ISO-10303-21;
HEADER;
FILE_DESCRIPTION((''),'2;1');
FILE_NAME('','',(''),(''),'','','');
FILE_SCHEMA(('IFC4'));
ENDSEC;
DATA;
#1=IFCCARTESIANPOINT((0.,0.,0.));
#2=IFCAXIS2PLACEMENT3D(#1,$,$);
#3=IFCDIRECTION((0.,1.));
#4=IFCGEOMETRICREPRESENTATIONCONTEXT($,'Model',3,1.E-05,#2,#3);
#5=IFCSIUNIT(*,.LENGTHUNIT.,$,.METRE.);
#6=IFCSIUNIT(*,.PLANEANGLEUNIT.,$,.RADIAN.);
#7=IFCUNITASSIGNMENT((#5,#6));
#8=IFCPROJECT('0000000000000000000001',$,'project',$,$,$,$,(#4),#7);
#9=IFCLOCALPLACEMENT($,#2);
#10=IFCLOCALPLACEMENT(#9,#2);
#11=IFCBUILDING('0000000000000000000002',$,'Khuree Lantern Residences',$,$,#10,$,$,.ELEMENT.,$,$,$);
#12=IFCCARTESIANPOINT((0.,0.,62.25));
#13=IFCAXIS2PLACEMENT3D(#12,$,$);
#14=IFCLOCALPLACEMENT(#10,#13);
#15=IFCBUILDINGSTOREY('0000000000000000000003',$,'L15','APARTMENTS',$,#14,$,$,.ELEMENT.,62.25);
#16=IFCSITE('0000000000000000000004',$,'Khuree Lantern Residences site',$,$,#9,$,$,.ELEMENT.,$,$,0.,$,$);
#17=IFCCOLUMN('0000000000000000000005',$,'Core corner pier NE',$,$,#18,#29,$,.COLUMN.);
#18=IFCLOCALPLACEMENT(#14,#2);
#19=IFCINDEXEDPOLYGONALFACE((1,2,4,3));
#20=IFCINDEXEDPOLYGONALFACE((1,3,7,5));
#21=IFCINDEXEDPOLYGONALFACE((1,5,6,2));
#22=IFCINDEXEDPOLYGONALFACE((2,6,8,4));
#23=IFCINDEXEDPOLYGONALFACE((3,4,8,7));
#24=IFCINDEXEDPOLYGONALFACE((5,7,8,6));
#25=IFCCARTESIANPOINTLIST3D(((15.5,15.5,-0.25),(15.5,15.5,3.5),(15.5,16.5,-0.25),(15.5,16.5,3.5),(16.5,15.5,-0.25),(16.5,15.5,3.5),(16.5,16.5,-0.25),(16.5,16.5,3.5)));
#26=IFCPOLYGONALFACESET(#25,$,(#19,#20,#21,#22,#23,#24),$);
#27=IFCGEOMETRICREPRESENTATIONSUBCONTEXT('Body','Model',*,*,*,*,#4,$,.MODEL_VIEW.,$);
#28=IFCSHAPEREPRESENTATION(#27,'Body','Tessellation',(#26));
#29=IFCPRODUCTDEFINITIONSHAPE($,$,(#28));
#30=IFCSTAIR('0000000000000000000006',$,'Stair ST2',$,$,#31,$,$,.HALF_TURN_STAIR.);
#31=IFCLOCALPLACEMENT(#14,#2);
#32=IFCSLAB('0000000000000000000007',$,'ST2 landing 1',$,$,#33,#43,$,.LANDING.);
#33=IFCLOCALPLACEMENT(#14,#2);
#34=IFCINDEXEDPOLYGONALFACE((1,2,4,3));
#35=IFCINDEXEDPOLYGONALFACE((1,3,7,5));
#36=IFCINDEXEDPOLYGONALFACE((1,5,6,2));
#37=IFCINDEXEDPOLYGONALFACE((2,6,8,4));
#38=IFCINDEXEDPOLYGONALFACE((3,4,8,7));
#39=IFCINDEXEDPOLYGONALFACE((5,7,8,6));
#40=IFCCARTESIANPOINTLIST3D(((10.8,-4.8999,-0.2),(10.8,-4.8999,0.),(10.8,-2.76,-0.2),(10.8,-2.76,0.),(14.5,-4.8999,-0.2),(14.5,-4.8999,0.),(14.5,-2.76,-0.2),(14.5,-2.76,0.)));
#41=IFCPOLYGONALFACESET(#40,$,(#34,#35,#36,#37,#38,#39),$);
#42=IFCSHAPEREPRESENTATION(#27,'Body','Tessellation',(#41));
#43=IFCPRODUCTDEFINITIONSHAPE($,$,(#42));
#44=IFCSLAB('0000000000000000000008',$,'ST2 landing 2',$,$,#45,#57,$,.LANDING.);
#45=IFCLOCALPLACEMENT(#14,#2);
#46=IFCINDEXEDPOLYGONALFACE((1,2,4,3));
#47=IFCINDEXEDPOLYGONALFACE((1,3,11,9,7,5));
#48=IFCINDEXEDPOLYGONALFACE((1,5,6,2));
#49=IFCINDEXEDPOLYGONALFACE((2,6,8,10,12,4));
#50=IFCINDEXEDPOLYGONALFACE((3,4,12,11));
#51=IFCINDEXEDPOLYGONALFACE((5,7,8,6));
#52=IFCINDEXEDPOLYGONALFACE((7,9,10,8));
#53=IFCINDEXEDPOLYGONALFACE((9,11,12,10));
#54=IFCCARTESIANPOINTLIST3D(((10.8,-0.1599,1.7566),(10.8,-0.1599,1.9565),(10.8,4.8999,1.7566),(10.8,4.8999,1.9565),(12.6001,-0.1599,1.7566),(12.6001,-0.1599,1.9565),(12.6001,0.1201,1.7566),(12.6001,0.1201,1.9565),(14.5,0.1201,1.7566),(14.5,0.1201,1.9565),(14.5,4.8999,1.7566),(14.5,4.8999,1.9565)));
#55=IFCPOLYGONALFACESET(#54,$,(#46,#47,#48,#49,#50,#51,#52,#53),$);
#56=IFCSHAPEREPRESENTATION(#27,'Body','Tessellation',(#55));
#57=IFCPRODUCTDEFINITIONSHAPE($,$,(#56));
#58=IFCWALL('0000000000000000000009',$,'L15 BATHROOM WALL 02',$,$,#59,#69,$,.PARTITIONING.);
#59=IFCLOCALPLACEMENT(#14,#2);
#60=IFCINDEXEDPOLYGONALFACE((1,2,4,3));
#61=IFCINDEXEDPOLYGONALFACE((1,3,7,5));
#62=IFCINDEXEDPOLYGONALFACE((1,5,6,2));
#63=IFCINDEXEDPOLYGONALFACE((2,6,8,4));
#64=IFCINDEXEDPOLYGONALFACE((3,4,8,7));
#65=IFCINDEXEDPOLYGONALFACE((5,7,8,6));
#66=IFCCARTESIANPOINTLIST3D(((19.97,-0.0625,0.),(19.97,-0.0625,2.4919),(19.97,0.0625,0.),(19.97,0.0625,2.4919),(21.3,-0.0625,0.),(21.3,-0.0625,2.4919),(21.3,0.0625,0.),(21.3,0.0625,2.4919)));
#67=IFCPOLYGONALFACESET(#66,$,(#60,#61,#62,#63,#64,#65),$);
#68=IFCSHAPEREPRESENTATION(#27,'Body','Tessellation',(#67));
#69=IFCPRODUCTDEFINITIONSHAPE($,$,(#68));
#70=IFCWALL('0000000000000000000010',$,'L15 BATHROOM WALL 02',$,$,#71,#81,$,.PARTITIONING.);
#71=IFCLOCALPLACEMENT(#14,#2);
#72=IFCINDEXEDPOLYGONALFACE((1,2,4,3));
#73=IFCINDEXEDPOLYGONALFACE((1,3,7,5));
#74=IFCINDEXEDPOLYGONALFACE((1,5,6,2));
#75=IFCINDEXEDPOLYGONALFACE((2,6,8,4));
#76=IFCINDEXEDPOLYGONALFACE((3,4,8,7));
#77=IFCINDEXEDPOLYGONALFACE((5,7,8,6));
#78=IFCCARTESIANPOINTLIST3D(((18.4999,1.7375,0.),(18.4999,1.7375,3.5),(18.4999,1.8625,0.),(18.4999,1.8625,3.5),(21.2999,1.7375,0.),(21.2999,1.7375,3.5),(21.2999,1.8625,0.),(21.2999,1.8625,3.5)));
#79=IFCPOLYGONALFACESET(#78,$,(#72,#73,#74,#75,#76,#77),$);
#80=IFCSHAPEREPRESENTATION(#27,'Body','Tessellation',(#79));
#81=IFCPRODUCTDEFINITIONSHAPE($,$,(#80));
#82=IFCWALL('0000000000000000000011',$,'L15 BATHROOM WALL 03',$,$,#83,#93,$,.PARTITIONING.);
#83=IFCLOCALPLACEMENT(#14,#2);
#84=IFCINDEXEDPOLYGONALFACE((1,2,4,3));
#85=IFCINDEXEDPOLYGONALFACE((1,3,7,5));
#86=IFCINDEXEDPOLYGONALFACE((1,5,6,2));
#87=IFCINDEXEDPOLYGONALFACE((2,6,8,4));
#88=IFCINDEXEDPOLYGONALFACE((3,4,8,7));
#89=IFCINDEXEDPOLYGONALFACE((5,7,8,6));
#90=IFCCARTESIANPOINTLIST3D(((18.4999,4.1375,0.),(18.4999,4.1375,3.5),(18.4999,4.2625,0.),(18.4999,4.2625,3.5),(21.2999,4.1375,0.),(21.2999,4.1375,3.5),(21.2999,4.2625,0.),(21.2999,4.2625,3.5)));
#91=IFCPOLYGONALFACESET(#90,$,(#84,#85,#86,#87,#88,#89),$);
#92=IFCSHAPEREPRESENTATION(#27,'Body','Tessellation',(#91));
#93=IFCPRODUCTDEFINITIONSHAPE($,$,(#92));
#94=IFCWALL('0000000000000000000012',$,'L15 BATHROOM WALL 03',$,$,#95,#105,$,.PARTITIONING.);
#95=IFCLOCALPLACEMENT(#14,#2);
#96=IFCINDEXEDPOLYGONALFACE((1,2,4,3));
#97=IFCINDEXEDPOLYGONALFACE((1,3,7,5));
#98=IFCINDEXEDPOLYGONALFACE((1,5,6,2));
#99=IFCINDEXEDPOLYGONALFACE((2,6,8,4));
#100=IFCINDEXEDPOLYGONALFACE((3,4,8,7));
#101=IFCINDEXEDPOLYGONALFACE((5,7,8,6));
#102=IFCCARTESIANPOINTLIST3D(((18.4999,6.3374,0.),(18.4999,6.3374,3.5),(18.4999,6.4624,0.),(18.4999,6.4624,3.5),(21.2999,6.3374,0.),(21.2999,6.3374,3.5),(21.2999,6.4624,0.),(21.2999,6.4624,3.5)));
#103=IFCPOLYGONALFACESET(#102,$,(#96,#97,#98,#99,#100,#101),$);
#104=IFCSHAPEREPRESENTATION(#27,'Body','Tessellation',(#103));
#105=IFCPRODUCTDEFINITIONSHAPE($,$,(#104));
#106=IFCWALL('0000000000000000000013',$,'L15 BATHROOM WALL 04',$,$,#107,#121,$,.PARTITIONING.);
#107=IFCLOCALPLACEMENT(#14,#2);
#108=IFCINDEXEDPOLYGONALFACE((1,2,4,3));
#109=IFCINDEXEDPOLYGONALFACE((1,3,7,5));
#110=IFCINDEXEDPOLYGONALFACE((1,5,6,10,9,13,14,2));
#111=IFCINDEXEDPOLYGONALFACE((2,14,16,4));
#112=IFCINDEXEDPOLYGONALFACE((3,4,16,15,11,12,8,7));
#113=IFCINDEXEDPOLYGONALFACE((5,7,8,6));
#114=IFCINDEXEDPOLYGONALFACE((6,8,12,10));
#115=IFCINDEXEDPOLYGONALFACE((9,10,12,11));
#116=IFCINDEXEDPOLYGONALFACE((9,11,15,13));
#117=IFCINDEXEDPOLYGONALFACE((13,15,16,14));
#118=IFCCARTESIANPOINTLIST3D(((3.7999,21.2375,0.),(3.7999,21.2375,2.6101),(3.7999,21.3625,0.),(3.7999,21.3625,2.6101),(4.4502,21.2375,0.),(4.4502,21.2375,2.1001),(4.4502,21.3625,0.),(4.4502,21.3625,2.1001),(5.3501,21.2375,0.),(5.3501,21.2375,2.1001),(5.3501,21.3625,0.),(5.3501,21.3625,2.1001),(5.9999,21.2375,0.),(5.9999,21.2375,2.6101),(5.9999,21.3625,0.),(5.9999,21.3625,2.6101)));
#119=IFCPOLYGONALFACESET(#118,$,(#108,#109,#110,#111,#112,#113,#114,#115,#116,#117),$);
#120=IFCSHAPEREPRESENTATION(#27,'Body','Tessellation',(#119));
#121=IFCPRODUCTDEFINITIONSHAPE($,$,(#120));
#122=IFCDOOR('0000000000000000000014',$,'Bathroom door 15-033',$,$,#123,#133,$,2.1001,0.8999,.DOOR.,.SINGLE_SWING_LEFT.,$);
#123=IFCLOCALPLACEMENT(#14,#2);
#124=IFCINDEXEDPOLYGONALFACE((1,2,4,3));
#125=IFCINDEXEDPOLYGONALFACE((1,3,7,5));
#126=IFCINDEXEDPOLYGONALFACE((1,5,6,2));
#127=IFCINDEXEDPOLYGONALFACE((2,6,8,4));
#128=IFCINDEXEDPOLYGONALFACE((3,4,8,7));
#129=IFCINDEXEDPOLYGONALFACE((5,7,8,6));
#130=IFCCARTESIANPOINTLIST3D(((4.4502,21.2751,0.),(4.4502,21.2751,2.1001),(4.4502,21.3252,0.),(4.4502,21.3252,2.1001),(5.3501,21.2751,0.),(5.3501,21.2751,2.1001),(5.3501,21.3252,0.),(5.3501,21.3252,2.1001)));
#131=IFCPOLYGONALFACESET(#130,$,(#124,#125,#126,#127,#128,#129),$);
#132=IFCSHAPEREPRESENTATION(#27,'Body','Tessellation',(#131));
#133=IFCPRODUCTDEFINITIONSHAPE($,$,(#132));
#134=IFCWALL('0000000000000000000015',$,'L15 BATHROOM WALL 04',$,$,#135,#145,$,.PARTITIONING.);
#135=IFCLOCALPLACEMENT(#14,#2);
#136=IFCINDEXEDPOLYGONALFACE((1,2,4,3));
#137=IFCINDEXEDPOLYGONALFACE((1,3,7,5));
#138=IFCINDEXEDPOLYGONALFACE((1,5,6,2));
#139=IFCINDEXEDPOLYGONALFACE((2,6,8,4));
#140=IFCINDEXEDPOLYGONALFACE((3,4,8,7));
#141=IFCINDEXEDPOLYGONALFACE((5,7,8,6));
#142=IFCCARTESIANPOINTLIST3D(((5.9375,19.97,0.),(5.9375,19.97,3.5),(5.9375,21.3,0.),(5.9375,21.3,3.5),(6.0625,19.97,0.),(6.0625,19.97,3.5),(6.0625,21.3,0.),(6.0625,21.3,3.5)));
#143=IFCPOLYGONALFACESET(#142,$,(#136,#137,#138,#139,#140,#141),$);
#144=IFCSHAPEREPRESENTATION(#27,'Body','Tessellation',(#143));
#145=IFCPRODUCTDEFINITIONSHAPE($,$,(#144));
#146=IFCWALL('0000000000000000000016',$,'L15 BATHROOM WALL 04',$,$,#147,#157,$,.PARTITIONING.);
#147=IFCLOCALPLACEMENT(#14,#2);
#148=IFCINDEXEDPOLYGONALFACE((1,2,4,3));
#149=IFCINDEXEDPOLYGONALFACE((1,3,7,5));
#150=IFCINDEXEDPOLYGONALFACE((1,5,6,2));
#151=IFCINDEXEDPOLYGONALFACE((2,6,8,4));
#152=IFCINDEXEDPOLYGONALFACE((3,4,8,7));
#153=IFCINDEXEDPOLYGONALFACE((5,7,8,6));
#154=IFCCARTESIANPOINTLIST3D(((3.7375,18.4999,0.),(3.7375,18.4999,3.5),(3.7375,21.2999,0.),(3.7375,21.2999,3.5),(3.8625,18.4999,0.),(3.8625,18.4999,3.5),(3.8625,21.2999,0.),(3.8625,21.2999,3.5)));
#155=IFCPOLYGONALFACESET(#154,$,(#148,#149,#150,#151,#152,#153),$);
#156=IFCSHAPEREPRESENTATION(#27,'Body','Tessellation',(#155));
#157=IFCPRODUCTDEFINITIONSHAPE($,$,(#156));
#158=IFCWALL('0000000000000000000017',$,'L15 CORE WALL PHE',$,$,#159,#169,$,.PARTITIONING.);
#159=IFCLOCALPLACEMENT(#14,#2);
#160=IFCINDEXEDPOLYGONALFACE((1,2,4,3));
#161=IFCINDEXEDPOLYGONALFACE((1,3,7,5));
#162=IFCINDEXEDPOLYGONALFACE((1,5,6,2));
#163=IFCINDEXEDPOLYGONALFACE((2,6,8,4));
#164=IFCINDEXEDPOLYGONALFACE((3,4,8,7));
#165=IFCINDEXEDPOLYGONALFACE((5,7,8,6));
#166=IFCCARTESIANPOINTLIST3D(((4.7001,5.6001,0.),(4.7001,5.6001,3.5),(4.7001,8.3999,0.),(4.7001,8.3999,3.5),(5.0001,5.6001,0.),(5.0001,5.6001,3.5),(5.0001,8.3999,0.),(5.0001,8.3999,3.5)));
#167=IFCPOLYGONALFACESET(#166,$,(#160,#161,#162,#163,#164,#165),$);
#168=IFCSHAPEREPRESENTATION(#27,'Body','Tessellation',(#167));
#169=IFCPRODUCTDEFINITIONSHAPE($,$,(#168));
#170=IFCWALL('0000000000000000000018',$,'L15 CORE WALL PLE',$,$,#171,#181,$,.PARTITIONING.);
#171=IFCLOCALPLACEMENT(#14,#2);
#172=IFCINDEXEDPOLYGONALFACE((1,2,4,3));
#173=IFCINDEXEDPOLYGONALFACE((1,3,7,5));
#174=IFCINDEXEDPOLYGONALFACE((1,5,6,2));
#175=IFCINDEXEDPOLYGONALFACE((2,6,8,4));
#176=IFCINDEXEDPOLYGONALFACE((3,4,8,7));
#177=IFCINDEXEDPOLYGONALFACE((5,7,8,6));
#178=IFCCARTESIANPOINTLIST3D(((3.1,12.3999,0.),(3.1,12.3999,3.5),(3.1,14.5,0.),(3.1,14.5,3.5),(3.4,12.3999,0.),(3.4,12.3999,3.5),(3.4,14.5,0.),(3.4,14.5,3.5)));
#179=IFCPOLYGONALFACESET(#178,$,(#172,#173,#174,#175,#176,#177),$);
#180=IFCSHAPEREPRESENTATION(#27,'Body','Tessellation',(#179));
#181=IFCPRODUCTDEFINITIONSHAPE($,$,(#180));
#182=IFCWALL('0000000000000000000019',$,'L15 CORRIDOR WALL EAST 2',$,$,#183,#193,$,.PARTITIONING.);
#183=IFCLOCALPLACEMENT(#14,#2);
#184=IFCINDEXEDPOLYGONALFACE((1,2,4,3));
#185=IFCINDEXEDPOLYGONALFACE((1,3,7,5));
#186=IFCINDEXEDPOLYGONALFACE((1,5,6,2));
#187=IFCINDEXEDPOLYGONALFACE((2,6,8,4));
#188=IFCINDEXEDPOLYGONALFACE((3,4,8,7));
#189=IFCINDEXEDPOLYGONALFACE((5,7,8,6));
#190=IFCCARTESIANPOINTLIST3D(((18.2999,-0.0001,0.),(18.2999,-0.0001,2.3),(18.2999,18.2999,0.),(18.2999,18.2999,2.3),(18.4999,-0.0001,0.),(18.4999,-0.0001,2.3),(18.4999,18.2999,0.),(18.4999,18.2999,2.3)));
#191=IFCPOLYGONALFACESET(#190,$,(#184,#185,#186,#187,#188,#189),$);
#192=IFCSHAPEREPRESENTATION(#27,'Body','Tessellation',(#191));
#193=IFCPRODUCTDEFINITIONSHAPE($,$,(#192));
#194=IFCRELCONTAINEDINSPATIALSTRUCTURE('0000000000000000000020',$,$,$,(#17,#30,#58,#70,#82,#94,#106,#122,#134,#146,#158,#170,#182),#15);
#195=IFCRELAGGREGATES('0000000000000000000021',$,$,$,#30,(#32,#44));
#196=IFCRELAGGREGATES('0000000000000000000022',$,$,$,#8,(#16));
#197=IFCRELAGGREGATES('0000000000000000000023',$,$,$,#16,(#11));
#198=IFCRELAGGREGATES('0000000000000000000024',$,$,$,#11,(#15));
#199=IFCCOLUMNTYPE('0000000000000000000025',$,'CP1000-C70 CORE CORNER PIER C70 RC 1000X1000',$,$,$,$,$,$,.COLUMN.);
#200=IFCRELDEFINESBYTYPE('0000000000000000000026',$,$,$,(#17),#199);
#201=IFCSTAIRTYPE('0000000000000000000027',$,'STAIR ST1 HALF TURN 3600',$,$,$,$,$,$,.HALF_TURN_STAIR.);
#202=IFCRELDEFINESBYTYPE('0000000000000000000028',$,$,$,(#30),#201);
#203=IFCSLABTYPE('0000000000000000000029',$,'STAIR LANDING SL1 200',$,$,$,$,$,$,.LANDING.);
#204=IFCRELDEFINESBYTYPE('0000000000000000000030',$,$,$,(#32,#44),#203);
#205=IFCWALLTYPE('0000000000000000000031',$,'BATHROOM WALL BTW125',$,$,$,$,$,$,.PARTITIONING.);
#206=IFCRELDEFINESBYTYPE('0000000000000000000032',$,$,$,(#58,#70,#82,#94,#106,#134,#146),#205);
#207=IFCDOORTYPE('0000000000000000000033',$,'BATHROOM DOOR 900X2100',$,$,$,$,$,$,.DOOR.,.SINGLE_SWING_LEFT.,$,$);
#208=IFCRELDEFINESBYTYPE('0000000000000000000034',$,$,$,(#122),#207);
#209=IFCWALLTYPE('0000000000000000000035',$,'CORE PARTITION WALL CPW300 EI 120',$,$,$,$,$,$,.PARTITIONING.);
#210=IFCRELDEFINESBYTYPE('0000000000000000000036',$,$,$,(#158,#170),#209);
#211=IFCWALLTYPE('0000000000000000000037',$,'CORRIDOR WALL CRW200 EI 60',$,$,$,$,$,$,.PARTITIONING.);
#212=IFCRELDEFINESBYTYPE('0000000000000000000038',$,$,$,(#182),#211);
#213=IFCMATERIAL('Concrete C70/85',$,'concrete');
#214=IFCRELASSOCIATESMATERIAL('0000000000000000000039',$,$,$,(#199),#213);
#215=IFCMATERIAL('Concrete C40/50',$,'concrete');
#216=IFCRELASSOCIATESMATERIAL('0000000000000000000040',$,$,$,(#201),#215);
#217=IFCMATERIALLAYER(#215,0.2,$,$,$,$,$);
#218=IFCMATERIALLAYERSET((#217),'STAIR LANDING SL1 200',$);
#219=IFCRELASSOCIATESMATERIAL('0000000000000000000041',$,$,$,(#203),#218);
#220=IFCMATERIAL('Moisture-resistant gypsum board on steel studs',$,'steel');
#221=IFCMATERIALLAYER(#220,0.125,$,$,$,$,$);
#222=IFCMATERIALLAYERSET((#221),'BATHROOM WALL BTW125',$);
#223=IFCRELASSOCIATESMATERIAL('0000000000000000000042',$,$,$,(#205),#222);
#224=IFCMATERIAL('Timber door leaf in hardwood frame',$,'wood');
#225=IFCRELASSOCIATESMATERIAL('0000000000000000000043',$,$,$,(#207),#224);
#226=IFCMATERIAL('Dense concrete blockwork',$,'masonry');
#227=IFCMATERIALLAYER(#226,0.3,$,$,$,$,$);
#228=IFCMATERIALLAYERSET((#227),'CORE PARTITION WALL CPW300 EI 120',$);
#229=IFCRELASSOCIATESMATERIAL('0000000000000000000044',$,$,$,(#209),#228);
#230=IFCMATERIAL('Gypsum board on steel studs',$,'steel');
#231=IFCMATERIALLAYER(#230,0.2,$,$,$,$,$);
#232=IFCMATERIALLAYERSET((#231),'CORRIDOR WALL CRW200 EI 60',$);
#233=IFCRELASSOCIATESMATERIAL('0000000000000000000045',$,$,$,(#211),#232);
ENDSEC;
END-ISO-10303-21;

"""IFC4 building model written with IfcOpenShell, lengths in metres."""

from ifc_helpers import new_model, si_unit, direction, frame, frame_2d, origin, origin_2d, place, context, subcontext, project, spatial, polyline, rectangle, outline, extrude, material, layer, layer_set, material_profile, profile_set, type_object, element, fill, aggregate, save


model = new_model("IFC4")

# Units and contexts
model_context = context("Model", 3, precision=1e-05, world=origin(), true_north=direction((0.0, 1.0)))
body_context = subcontext(model_context, "Body", "Model", "MODEL_VIEW")
ifc_project = project(units=[si_unit("LENGTHUNIT", "METRE"), si_unit("PLANEANGLEUNIT", "RADIAN")], contexts=[model_context])

# Site, building, storey
site_placement = place(None, origin())
site = spatial("IfcSite", under=ifc_project, at=site_placement, Name="Khuree Lantern Residences site", CompositionType="ELEMENT", RefElevation=0.0)
building_placement = place(site_placement, origin())
building = spatial("IfcBuilding", under=site, at=building_placement, Name="Khuree Lantern Residences", CompositionType="ELEMENT")
storey_placement = place(building_placement, frame((0.0, 0.0, 62.25)))
storey = spatial("IfcBuildingStorey", under=building, at=storey_placement, Name="L15", Description="APARTMENTS", CompositionType="ELEMENT", Elevation=62.25)

# Column
ifc_material_1 = material(Name="Concrete C70/85", Category="concrete")
ifc_material_profile = material_profile(ifc_material_1, rectangle(XDim=1.0, YDim=1.0, at=origin_2d()), Name="RC 1000X1000")
ifc_profile_set = profile_set([ifc_material_profile], Name="Concrete C70/85")
column_type = type_object("IfcColumnType", Name="CP1000-C70 CORE CORNER PIER C70 RC 1000X1000", PredefinedType="COLUMN", material=ifc_profile_set)
column_placement = place(storey_placement, frame((16.0, 16.0, -0.25), z_axis=(0.0, 0.0, 1.0), x_axis=(1.0, 0.0, 0.0)))
element("IfcColumn", 1, at=column_placement, inside=storey, type_object=column_type, Name="Core corner pier NE", PredefinedType="COLUMN", context=body_context, shape_type="SweptSolid", body=[
    extrude(rectangle(XDim=1.0, YDim=1.0, at=origin_2d()), origin(), (0.0, 0.0, 1.0), 3.75),
])

# Stair, slabs
ifc_material_2 = material(Name="Concrete C40/50", Category="concrete")
stair_type = type_object("IfcStairType", Name="STAIR ST1 HALF TURN 3600", PredefinedType="HALF_TURN_STAIR", material=ifc_material_2)
stair_placement = place(storey_placement, origin())
stair = element("IfcStair", 2, at=stair_placement, inside=storey, type_object=stair_type, Name="Stair ST2", PredefinedType="HALF_TURN_STAIR")
ifc_layer_1 = layer(ifc_material_2, 0.2)
ifc_layer_set_1 = layer_set([ifc_layer_1], Name="STAIR LANDING SL1 200")
slab_type = type_object("IfcSlabType", Name="STAIR LANDING SL1 200", PredefinedType="LANDING", material=ifc_layer_set_1)
slab_1_placement = place(storey_placement, frame((0.0, 0.0, -0.2)))
slab_1 = element("IfcSlab", 3, at=slab_1_placement, type_object=slab_type, Name="ST2 landing 1", PredefinedType="LANDING", context=body_context, shape_type="SweptSolid", body=[
    extrude(outline(polyline([(10.8, -4.8999), (14.5, -4.8999), (14.5, -2.76), (10.8, -2.76), (10.8, -4.8999)])), origin(), (0.0, 0.0, 1.0), 0.2),
])
slab_2_placement = place(storey_placement, frame((0.0, 0.0, 1.7566)))
slab_2 = element("IfcSlab", 4, at=slab_2_placement, type_object=slab_type, Name="ST2 landing 2", PredefinedType="LANDING", context=body_context, shape_type="SweptSolid", body=[
    extrude(outline(polyline([(14.5, 4.8999), (14.5, 0.1201), (12.6001, 0.1201), (12.6001, -0.1599), (10.8, -0.1599), (10.8, 4.8999), (14.5, 4.8999)])), origin(), (0.0, 0.0, 1.0), 0.2),
])
aggregate(stair, [slab_1, slab_2])

# Walls
ifc_material_3 = material(Name="Moisture-resistant gypsum board on steel studs", Category="steel")
ifc_layer_2 = layer(ifc_material_3, 0.125)
ifc_layer_set_2 = layer_set([ifc_layer_2], Name="BATHROOM WALL BTW125")
wall_type_1 = type_object("IfcWallType", Name="BATHROOM WALL BTW125", PredefinedType="PARTITIONING", material=ifc_layer_set_2)
wall_1_placement = place(storey_placement, frame((19.97, 0.0, 0.0), z_axis=(0.0, 0.0, 1.0), x_axis=(1.0, 0.0, 0.0)))
element("IfcWall", 5, at=wall_1_placement, inside=storey, type_object=wall_type_1, Name="L15 BATHROOM WALL 02", PredefinedType="PARTITIONING", context=body_context, shape_type="SweptSolid", body=[
    extrude(rectangle(XDim=1.3301, YDim=0.125, at=frame_2d((0.665, 0.0))), origin(), (0.0, 0.0, 1.0), 2.4919),
])
for number, where, z_axis, x_axis, name in (
    (6, (18.5, 1.8, 0.0), (0.0, 0.0, 1.0), (1.0, 0.0, 0.0), "L15 BATHROOM WALL 02"),
    (7, (18.5, 4.2, 0.0), (0.0, 0.0, 1.0), (1.0, 0.0, 0.0), "L15 BATHROOM WALL 03"),
    (8, (18.5, 6.3999, 0.0), (0.0, 0.0, 1.0), (1.0, 0.0, 0.0), "L15 BATHROOM WALL 03"),
):
    element("IfcWall", number, at=place(storey_placement, frame(where, z_axis=z_axis, x_axis=x_axis)), inside=storey, type_object=wall_type_1, Name=name, PredefinedType="PARTITIONING", context=body_context, shape_type="SweptSolid", body=[
        extrude(rectangle(XDim=2.8, YDim=0.125, at=frame_2d((1.3999, 0.0))), origin(), (0.0, 0.0, 1.0), 3.5),
    ])

# Wall, opening, door
wall_2_placement = place(storey_placement, frame((6.0, 21.3, 0.0), z_axis=(0.0, 0.0, 1.0), x_axis=(-1.0, 0.0, 0.0)))
wall_2 = element("IfcWall", 9, at=wall_2_placement, inside=storey, type_object=wall_type_1, Name="L15 BATHROOM WALL 04", PredefinedType="PARTITIONING", context=body_context, shape_type="SweptSolid", body=[
    extrude(rectangle(XDim=2.2, YDim=0.125, at=frame_2d((1.1001, 0.0))), origin(), (0.0, 0.0, 1.0), 2.6101),
])
opening_1_placement = place(wall_2_placement, frame((0.6499, 0.0, 0.0)))
opening_1 = element("IfcOpeningElement", 10, at=opening_1_placement, cuts=wall_2, PredefinedType="OPENING", context=body_context, shape_type="SweptSolid", body=[
    extrude(rectangle(XDim=0.8999, YDim=2.1001, at=frame_2d((0.45, 1.05))), frame((0.0, 0.0725, 0.0), z_axis=(0.0, -1.0, 0.0), x_axis=(1.0, 0.0, 0.0)), (0.0, 0.0, 1.0), 0.145),
])
ifc_material_4 = material(Name="Timber door leaf in hardwood frame", Category="wood")
door_type_1 = type_object("IfcDoorType", Name="BATHROOM DOOR 900X2100", OperationType="SINGLE_SWING_LEFT", PredefinedType="DOOR", material=ifc_material_4)
door_1_placement = place(opening_1_placement, origin())
door_1 = element("IfcDoor", 11, at=door_1_placement, inside=storey, type_object=door_type_1, Name="Bathroom door 15-033", OperationType="SINGLE_SWING_LEFT", OverallHeight=2.1001, OverallWidth=0.8999, PredefinedType="DOOR", context=body_context, shape_type="SweptSolid", body=[
    extrude(rectangle(XDim=0.8999, YDim=2.1001, at=frame_2d((0.45, 1.05))), frame((0.0, 0.0249, 0.0), z_axis=(0.0, -1.0, 0.0), x_axis=(1.0, 0.0, 0.0)), (0.0, 0.0, 1.0), 0.05),
])
fill(opening_1, door_1)

# Walls
wall_3_placement = place(storey_placement, frame((6.0, 19.97, 0.0), z_axis=(0.0, 0.0, 1.0), x_axis=(0.0, 1.0, 0.0)))
element("IfcWall", 12, at=wall_3_placement, inside=storey, type_object=wall_type_1, Name="L15 BATHROOM WALL 04", PredefinedType="PARTITIONING", context=body_context, shape_type="SweptSolid", body=[
    extrude(rectangle(XDim=1.3301, YDim=0.125, at=frame_2d((0.665, 0.0))), origin(), (0.0, 0.0, 1.0), 3.5),
])
wall_4_placement = place(storey_placement, frame((3.8, 18.5, 0.0), z_axis=(0.0, 0.0, 1.0), x_axis=(0.0, 1.0, 0.0)))
element("IfcWall", 13, at=wall_4_placement, inside=storey, type_object=wall_type_1, Name="L15 BATHROOM WALL 04", PredefinedType="PARTITIONING", context=body_context, shape_type="SweptSolid", body=[
    extrude(rectangle(XDim=2.8, YDim=0.125, at=frame_2d((1.3999, 0.0))), origin(), (0.0, 0.0, 1.0), 3.5),
])
ifc_material_5 = material(Name="Dense concrete blockwork", Category="masonry")
ifc_layer_3 = layer(ifc_material_5, 0.3)
ifc_layer_set_3 = layer_set([ifc_layer_3], Name="CORE PARTITION WALL CPW300 EI 120")
wall_type_2 = type_object("IfcWallType", Name="CORE PARTITION WALL CPW300 EI 120", PredefinedType="PARTITIONING", material=ifc_layer_set_3)
wall_5_placement = place(storey_placement, frame((4.8501, 5.6001, 0.0), z_axis=(0.0, 0.0, 1.0), x_axis=(0.0, 1.0, 0.0)))
element("IfcWall", 14, at=wall_5_placement, inside=storey, type_object=wall_type_2, Name="L15 CORE WALL PHE", PredefinedType="PARTITIONING", context=body_context, shape_type="SweptSolid", body=[
    extrude(rectangle(XDim=2.7998, YDim=0.3, at=frame_2d((1.3999, 0.0))), origin(), (0.0, 0.0, 1.0), 3.5),
])
wall_6_placement = place(storey_placement, frame((3.25, 12.3999, 0.0), z_axis=(0.0, 0.0, 1.0), x_axis=(0.0, 1.0, 0.0)))
element("IfcWall", 15, at=wall_6_placement, inside=storey, type_object=wall_type_2, Name="L15 CORE WALL PLE", PredefinedType="PARTITIONING", context=body_context, shape_type="SweptSolid", body=[
    extrude(rectangle(XDim=2.1001, YDim=0.3, at=frame_2d((1.05, 0.0))), origin(), (0.0, 0.0, 1.0), 3.5),
])
ifc_material_6 = material(Name="Gypsum board on steel studs", Category="steel")
ifc_layer_4 = layer(ifc_material_6, 0.2)
ifc_layer_set_4 = layer_set([ifc_layer_4], Name="CORRIDOR WALL CRW200 EI 60")
wall_type_3 = type_object("IfcWallType", Name="CORRIDOR WALL CRW200 EI 60", PredefinedType="PARTITIONING", material=ifc_layer_set_4)
wall_7_placement = place(storey_placement, frame((18.3999, 0.0, 0.0), z_axis=(0.0, 0.0, 1.0), x_axis=(0.0, 1.0, 0.0)))
element("IfcWall", 16, at=wall_7_placement, inside=storey, type_object=wall_type_3, Name="L15 CORRIDOR WALL EAST 2", PredefinedType="PARTITIONING", context=body_context, shape_type="SweptSolid", body=[
    extrude(rectangle(XDim=18.3, YDim=0.2, at=frame_2d((9.1499, 0.0))), origin(), (0.0, 0.0, 1.0), 2.3),
])

save(model, "model.ifc")
